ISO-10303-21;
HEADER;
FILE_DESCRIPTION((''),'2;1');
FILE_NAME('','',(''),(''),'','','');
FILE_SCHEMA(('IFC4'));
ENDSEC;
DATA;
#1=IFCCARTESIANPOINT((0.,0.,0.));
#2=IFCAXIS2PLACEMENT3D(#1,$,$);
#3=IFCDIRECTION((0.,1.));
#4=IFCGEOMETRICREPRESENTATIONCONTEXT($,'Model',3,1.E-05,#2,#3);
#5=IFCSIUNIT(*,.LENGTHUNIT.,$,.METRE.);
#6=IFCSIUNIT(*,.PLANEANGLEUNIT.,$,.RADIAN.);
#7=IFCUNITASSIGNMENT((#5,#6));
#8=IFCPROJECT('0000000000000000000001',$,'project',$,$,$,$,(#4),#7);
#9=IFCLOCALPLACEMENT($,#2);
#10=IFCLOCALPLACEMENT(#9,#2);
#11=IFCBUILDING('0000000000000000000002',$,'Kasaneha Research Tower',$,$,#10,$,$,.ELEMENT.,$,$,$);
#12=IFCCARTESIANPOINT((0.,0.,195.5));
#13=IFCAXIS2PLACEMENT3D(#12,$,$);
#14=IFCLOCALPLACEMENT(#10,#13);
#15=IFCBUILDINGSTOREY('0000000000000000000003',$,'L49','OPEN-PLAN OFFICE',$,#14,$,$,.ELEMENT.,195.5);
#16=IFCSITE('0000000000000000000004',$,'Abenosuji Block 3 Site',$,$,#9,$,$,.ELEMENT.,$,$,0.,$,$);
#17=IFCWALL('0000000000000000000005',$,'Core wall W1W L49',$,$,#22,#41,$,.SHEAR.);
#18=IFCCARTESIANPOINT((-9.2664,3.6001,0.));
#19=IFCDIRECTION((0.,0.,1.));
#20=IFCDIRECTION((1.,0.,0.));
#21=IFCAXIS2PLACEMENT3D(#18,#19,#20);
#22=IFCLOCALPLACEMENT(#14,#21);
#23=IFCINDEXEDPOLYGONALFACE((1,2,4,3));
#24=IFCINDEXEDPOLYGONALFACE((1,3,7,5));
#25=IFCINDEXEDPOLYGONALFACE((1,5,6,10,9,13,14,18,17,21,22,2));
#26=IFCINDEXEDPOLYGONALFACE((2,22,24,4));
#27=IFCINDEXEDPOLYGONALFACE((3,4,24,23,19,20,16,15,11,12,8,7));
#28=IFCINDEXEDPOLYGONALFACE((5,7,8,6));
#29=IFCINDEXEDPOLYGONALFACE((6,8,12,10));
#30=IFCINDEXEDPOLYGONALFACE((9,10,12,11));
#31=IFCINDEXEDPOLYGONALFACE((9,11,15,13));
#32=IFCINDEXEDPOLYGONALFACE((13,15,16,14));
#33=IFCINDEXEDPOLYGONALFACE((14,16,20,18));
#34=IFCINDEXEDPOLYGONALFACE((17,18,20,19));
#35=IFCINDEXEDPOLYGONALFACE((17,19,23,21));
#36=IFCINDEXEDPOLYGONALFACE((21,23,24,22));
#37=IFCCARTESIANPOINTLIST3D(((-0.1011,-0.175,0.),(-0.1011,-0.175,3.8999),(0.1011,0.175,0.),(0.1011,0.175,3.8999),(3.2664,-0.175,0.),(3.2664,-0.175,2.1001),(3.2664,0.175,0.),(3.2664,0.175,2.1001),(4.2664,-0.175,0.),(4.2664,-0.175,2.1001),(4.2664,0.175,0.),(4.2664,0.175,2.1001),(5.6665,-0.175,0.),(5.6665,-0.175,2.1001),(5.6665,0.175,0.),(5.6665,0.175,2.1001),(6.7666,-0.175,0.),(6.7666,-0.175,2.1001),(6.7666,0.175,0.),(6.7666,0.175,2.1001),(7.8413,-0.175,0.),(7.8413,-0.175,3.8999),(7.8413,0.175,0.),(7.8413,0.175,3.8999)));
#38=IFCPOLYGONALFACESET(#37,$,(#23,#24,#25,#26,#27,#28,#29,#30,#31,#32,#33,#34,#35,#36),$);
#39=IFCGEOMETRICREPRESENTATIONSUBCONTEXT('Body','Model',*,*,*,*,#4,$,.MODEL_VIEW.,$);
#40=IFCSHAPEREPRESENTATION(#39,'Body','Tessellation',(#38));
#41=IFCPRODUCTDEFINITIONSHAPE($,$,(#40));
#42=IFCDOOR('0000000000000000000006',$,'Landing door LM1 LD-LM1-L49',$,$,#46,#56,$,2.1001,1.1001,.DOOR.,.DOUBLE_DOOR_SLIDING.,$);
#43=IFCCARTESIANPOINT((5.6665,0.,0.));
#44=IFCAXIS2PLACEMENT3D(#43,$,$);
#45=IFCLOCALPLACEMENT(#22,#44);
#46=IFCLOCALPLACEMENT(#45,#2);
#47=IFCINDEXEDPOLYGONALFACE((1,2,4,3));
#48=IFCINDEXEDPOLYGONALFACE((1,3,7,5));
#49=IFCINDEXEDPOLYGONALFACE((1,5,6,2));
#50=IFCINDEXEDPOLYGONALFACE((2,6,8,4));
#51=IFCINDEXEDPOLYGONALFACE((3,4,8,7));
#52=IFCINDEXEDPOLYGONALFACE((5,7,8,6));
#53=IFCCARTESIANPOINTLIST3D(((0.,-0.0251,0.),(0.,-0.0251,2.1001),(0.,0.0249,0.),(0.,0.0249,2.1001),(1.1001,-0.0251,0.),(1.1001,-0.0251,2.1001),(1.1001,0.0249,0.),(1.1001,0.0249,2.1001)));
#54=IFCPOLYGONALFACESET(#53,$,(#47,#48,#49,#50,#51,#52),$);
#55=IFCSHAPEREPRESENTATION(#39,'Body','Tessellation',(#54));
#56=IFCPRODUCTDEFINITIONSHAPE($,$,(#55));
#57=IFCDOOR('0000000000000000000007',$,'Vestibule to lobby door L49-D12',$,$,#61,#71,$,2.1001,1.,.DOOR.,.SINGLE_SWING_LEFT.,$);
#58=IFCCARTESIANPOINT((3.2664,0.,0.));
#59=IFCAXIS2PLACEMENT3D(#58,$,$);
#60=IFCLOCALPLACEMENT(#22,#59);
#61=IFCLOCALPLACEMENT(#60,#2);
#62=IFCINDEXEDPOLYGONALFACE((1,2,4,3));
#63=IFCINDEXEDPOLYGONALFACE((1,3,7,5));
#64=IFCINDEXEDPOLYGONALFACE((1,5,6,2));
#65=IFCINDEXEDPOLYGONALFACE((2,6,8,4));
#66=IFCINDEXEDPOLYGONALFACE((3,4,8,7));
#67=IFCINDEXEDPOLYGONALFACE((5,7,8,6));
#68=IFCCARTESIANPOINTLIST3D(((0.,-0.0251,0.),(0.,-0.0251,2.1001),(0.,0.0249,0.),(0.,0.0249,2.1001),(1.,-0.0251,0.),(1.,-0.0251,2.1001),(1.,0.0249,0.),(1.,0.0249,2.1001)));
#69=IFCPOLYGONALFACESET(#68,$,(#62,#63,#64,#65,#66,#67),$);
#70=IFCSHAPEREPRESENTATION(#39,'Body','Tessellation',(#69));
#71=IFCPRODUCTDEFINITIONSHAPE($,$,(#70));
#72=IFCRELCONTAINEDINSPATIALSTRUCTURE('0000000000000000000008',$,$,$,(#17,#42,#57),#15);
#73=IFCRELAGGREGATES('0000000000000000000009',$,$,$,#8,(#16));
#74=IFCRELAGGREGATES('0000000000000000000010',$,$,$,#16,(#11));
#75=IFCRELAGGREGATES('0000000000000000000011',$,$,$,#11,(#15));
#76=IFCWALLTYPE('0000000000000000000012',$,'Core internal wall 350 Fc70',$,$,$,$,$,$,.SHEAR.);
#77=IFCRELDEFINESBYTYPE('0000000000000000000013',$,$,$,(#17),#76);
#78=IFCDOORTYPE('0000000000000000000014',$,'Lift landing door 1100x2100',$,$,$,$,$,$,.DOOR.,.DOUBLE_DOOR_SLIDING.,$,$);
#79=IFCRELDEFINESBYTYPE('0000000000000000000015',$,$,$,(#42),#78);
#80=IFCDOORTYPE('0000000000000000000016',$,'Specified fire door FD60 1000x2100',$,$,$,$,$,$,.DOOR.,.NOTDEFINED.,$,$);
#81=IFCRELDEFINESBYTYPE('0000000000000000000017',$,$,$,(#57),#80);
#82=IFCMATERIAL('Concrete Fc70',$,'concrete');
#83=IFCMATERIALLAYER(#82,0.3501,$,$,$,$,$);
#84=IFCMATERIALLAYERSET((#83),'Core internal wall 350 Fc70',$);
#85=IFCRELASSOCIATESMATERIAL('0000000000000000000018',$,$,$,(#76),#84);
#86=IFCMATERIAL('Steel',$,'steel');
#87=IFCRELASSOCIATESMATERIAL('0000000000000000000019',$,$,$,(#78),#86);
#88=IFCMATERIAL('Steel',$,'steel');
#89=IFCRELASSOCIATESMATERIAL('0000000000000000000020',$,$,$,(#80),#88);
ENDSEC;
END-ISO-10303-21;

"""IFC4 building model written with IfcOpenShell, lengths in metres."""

from ifc_helpers import new_model, si_unit, direction, frame, frame_2d, origin, place, context, subcontext, project, spatial, polyline, rectangle, outline, extrude, material, layer, layer_set, type_object, element, fill, save


model = new_model("IFC4")

# Units and contexts
model_context = context("Model", 3, precision=1e-05, world=origin(), true_north=direction((0.0, 1.0)))
body_context = subcontext(model_context, "Body", "Model", "MODEL_VIEW")
ifc_project = project(units=[si_unit("LENGTHUNIT", "METRE"), si_unit("PLANEANGLEUNIT", "RADIAN")], contexts=[model_context])

# Site, building, storey
site_placement = place(None, origin())
site = spatial("IfcSite", under=ifc_project, at=site_placement, Name="Abenosuji Block 3 Site", CompositionType="ELEMENT", RefElevation=0.0)
building_placement = place(site_placement, origin())
building = spatial("IfcBuilding", under=site, at=building_placement, Name="Kasaneha Research Tower", CompositionType="ELEMENT")
storey_placement = place(building_placement, frame((0.0, 0.0, 195.5)))
storey = spatial("IfcBuildingStorey", under=building, at=storey_placement, Name="L49", Description="OPEN-PLAN OFFICE", CompositionType="ELEMENT", Elevation=195.5)

# Wall, openings, doors
ifc_material_1 = material(Name="Concrete Fc70", Category="concrete")
ifc_layer_1 = layer(ifc_material_1, 0.3501)
ifc_layer_set_1 = layer_set([ifc_layer_1], Name="Core internal wall 350 Fc70")
wall_type = type_object("IfcWallType", Name="Core internal wall 350 Fc70", PredefinedType="SHEAR", material=ifc_layer_set_1)
wall_1_placement = place(storey_placement, frame((-9.2664, 3.6001, 0.0), z_axis=(0.0, 0.0, 1.0), x_axis=(1.0, 0.0, 0.0)))
wall_1 = element("IfcWall", 1, at=wall_1_placement, inside=storey, type_object=wall_type, Name="Core wall W1W L49", PredefinedType="SHEAR", context=body_context, shape_type="SweptSolid", body=[
    extrude(outline(polyline([(-0.1011, -0.175), (3.2664, -0.175), (4.2664, -0.175), (5.6665, -0.175), (6.7666, -0.175), (7.8413, -0.175), (7.8413, 0.175), (6.7666, 0.175), (5.6665, 0.175), (4.2664, 0.175), (3.2664, 0.175), (0.1011, 0.175), (-0.1011, -0.175)])), origin(), (0.0, 0.0, 1.0), 3.8999),
])
opening_1_placement = place(wall_1_placement, frame((3.2664, 0.0, 0.0)))
opening_1 = element("IfcOpeningElement", 2, at=opening_1_placement, cuts=wall_1, PredefinedType="OPENING", context=body_context, shape_type="SweptSolid", body=[
    extrude(rectangle(XDim=1.0, YDim=2.1001, at=frame_2d((0.5, 1.05))), frame((0.0, 0.1851, 0.0), z_axis=(0.0, -1.0, 0.0), x_axis=(1.0, 0.0, 0.0)), (0.0, 0.0, 1.0), 0.3701),
])
opening_2_placement = place(wall_1_placement, frame((5.6665, 0.0, 0.0)))
opening_2 = element("IfcOpeningElement", 3, at=opening_2_placement, cuts=wall_1, PredefinedType="OPENING", context=body_context, shape_type="SweptSolid", body=[
    extrude(rectangle(XDim=1.1001, YDim=2.1001, at=frame_2d((0.55, 1.05))), frame((0.0, 0.1851, 0.0), z_axis=(0.0, -1.0, 0.0), x_axis=(1.0, 0.0, 0.0)), (0.0, 0.0, 1.0), 0.3701),
])
ifc_material_2 = material(Name="Steel", Category="steel")
door_type_1 = type_object("IfcDoorType", Name="Lift landing door 1100x2100", OperationType="DOUBLE_DOOR_SLIDING", PredefinedType="DOOR", material=ifc_material_2)
door_1_placement = place(opening_2_placement, origin())
door_1 = element("IfcDoor", 4, at=door_1_placement, inside=storey, type_object=door_type_1, Name="Landing door LM1 LD-LM1-L49", OperationType="DOUBLE_DOOR_SLIDING", OverallHeight=2.1001, OverallWidth=1.1001, PredefinedType="DOOR", context=body_context, shape_type="SweptSolid", body=[
    extrude(rectangle(XDim=1.1001, YDim=2.1001, at=frame_2d((0.55, 1.05))), frame((0.0, 0.0249, 0.0), z_axis=(0.0, -1.0, 0.0), x_axis=(1.0, 0.0, 0.0)), (0.0, 0.0, 1.0), 0.05),
])
fill(opening_2, door_1)
ifc_material_3 = material(Name="Steel", Category="steel")
door_type_2 = type_object("IfcDoorType", Name="Specified fire door FD60 1000x2100", OperationType="NOTDEFINED", PredefinedType="DOOR", material=ifc_material_3)
door_2_placement = place(opening_1_placement, origin())
door_2 = element("IfcDoor", 5, at=door_2_placement, inside=storey, type_object=door_type_2, Name="Vestibule to lobby door L49-D12", OperationType="SINGLE_SWING_LEFT", OverallHeight=2.1001, OverallWidth=1.0, PredefinedType="DOOR", context=body_context, shape_type="SweptSolid", body=[
    extrude(rectangle(XDim=1.0, YDim=2.1001, at=frame_2d((0.5, 1.05))), frame((0.0, 0.0249, 0.0), z_axis=(0.0, -1.0, 0.0), x_axis=(1.0, 0.0, 0.0)), (0.0, 0.0, 1.0), 0.05),
])
fill(opening_1, door_2)

save(model, "model.ifc")
